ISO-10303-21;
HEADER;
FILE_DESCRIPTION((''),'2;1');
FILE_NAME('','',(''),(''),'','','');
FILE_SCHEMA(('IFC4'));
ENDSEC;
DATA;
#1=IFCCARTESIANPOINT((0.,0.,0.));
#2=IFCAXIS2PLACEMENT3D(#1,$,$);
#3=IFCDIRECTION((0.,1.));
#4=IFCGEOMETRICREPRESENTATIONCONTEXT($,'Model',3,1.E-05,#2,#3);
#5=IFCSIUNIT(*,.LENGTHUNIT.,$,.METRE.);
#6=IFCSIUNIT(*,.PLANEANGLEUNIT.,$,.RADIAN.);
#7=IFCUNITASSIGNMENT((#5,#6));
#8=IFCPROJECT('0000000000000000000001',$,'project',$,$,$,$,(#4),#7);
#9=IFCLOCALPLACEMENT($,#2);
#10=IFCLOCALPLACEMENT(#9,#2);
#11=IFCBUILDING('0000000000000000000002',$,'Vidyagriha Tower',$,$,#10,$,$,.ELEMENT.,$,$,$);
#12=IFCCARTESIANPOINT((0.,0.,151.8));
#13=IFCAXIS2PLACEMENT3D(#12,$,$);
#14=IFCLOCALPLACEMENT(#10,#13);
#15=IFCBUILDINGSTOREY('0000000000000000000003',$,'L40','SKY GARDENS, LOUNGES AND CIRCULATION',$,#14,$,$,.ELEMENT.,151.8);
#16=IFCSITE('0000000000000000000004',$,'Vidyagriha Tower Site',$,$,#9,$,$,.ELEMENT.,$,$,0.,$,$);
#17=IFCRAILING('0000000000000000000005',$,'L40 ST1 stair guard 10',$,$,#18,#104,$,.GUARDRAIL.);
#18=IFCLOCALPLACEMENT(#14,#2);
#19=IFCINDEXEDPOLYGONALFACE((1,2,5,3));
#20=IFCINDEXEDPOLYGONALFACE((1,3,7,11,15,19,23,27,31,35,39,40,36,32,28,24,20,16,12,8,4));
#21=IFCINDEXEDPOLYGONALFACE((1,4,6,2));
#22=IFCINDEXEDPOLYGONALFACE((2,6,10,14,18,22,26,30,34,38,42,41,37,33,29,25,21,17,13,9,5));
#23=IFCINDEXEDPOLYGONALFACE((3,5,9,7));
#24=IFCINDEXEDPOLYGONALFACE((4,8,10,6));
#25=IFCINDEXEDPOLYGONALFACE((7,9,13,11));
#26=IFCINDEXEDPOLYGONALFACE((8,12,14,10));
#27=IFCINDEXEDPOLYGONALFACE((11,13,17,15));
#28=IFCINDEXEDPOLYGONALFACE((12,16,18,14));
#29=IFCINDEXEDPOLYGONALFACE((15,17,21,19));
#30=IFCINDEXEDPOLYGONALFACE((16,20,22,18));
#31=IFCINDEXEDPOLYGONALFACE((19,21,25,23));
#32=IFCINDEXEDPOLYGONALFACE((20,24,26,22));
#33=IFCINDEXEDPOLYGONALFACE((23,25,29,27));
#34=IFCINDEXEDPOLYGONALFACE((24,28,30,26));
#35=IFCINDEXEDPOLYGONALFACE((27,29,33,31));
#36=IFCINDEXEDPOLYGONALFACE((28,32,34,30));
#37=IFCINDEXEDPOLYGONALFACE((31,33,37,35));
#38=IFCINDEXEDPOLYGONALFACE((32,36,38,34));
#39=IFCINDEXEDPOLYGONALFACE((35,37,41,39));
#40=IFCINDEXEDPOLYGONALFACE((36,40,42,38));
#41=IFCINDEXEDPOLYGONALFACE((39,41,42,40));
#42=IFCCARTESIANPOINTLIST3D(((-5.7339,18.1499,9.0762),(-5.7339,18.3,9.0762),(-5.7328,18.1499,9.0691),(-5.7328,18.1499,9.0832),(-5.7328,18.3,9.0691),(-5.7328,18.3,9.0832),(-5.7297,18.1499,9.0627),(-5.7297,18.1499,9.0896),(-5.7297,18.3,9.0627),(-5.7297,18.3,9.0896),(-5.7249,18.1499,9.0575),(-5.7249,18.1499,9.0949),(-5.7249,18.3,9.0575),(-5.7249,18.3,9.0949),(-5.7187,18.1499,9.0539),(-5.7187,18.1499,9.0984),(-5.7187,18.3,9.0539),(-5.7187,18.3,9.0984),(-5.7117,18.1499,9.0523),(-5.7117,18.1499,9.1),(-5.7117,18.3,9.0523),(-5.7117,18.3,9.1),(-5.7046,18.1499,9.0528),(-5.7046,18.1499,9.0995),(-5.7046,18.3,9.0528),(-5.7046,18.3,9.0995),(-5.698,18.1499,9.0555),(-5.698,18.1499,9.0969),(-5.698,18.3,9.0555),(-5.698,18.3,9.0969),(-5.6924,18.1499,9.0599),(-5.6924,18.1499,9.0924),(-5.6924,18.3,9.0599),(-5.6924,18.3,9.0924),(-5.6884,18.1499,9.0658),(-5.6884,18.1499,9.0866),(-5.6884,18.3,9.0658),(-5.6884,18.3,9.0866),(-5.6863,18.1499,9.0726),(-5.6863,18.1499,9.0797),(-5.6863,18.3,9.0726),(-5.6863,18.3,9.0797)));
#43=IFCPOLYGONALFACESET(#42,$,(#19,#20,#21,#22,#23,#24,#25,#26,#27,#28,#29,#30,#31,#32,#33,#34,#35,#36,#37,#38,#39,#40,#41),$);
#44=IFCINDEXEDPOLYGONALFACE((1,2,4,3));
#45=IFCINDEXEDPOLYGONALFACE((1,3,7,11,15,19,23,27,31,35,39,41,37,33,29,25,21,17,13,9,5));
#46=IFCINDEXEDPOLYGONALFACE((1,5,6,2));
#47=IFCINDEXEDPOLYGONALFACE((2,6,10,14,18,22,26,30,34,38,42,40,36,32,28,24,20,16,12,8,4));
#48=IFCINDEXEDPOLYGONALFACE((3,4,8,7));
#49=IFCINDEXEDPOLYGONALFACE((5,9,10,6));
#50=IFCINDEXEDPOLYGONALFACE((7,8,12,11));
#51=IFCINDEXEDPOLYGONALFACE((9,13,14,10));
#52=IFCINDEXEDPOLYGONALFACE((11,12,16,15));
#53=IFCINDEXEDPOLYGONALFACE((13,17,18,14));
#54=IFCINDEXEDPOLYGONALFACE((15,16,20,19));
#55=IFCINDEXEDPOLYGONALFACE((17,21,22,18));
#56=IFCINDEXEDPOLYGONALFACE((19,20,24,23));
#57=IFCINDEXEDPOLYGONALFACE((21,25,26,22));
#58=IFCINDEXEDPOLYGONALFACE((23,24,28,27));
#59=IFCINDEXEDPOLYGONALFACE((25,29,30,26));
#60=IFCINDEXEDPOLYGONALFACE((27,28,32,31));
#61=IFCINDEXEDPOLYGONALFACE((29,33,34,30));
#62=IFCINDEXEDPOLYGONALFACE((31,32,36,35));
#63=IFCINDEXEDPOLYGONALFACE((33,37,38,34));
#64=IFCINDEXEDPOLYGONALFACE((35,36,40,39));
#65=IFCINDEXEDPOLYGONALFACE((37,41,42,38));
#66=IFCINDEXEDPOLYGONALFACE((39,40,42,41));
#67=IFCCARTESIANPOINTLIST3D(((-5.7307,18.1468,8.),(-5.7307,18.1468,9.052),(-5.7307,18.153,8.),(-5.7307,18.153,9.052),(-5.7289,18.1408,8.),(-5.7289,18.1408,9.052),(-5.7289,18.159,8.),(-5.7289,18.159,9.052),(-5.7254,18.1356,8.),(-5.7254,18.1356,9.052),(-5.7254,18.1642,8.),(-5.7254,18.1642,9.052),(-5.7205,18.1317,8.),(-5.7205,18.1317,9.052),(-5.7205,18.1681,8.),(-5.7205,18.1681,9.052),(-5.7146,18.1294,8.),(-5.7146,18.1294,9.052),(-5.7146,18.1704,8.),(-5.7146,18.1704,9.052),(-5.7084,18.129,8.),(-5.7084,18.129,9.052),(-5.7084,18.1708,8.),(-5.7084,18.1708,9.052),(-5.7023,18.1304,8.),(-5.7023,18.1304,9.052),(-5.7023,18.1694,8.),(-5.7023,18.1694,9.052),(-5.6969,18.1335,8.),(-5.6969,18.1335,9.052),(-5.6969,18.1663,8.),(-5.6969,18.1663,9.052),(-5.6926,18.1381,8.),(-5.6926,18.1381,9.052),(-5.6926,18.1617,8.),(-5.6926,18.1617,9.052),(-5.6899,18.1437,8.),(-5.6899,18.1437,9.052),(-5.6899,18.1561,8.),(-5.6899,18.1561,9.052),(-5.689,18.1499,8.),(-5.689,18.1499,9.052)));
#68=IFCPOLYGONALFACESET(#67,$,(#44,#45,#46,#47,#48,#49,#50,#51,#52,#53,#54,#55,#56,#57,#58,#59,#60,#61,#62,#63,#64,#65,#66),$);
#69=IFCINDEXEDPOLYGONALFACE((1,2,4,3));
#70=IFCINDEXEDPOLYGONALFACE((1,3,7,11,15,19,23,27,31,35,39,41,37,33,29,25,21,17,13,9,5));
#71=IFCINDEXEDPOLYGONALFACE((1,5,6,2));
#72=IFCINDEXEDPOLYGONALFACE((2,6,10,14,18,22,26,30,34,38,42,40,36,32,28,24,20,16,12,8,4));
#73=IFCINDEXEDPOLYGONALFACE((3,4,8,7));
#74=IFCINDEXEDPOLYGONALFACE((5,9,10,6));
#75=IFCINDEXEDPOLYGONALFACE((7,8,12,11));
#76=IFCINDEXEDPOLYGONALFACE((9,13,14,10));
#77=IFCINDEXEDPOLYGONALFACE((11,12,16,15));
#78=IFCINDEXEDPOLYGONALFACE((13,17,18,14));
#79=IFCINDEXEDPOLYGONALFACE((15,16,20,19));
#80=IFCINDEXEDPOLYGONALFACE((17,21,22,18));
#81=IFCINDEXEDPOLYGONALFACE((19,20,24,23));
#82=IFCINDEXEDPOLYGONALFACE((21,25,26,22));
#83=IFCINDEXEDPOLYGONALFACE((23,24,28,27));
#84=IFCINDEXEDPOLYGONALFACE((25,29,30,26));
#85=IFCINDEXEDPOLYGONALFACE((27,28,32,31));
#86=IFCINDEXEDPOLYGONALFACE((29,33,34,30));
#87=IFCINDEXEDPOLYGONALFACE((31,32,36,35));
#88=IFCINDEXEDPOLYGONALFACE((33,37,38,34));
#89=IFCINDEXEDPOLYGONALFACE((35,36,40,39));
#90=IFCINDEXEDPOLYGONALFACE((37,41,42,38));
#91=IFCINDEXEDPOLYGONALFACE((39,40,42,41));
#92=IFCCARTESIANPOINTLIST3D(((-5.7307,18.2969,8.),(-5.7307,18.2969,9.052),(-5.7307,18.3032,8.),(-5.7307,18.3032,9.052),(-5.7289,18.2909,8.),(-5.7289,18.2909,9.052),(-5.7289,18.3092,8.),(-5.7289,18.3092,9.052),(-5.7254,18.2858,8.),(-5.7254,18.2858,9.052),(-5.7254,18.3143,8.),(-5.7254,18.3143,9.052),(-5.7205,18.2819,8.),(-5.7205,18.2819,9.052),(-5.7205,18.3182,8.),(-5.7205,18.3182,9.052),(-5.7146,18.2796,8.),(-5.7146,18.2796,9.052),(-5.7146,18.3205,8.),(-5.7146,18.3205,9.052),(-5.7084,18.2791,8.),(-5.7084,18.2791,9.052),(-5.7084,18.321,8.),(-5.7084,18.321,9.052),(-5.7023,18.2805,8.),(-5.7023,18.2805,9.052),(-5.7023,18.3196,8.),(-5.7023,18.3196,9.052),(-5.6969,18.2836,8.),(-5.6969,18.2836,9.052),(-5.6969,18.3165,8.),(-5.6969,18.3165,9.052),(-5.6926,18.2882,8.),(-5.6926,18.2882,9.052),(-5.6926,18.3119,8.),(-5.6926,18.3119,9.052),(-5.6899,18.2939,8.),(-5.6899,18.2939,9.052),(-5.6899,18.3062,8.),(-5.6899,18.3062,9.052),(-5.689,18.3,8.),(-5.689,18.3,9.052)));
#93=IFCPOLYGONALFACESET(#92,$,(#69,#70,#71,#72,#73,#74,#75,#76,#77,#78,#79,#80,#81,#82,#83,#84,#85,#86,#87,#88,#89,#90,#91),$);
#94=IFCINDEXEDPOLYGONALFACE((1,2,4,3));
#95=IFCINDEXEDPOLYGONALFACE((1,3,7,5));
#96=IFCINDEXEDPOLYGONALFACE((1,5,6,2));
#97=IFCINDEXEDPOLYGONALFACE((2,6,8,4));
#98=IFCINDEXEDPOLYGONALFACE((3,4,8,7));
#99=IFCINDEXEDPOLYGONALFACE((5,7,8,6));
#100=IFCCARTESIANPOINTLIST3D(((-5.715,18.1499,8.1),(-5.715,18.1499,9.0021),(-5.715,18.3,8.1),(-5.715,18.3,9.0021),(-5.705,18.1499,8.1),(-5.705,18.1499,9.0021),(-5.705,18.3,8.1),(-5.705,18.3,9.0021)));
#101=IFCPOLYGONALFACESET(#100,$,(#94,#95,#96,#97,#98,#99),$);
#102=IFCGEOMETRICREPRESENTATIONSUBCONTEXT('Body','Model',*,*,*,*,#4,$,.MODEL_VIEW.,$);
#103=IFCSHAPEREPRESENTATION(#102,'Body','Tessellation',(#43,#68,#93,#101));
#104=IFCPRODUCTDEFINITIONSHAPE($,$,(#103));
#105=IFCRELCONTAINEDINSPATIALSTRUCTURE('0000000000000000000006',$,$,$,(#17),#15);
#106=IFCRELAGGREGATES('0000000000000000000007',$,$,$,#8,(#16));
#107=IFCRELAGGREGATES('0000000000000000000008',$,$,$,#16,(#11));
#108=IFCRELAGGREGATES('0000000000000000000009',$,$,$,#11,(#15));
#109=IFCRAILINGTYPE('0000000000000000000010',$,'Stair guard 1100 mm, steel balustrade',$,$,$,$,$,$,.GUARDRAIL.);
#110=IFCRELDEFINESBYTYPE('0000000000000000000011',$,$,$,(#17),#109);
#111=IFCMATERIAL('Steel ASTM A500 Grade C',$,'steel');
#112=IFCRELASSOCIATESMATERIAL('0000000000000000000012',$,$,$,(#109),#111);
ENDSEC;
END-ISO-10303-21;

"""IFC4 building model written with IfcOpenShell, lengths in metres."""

from ifc_helpers import new_model, si_unit, direction, frame, origin, origin_2d, place, context, subcontext, project, spatial, rectangle, circle, extrude, material, type_object, element, save


model = new_model("IFC4")

# Units and contexts
model_context = context("Model", 3, precision=1e-05, world=origin(), true_north=direction((0.0, 1.0)))
body_context = subcontext(model_context, "Body", "Model", "MODEL_VIEW")
ifc_project = project(units=[si_unit("LENGTHUNIT", "METRE"), si_unit("PLANEANGLEUNIT", "RADIAN")], contexts=[model_context])

# Site, building, storey
site_placement = place(None, origin())
site = spatial("IfcSite", under=ifc_project, at=site_placement, Name="Vidyagriha Tower Site", CompositionType="ELEMENT", RefElevation=0.0)
building_placement = place(site_placement, origin())
building = spatial("IfcBuilding", under=site, at=building_placement, Name="Vidyagriha Tower", CompositionType="ELEMENT")
storey_placement = place(building_placement, frame((0.0, 0.0, 151.8)))
storey = spatial("IfcBuildingStorey", under=building, at=storey_placement, Name="L40", Description="SKY GARDENS, LOUNGES AND CIRCULATION", CompositionType="ELEMENT", Elevation=151.8)

# Railing
ifc_material_1 = material(Name="Steel ASTM A500 Grade C", Category="steel")
railing_type_1 = type_object("IfcRailingType", Name="Stair guard 1100 mm, steel balustrade", PredefinedType="GUARDRAIL", material=ifc_material_1)
railing_1_placement = place(storey_placement, frame((-5.71, 18.1499, 8.0)))
element("IfcRailing", 1, at=railing_1_placement, inside=storey, type_object=railing_type_1, Name="L40 ST1 stair guard 10", PredefinedType="GUARDRAIL", context=body_context, shape_type="SweptSolid", body=[
    extrude(circle(Radius=0.0239, at=origin_2d()), frame((0.0, 0.0, 1.0762), z_axis=(0.0, 1.0, 0.0), x_axis=(-1.0, 0.0, 0.0)), (0.0, 0.0, 1.0), 0.1501),
    extrude(circle(Radius=0.021, at=origin_2d()), origin(), (0.0, 0.0, 1.0), 1.052),
    extrude(circle(Radius=0.021, at=origin_2d()), frame((0.0, 0.1501, 0.0)), (0.0, 0.0, 1.0), 1.052),
    extrude(rectangle(XDim=0.01, YDim=0.9021, at=origin_2d()), frame((0.0, 0.0, 0.551), z_axis=(0.0, 1.0, 0.0), x_axis=(-1.0, 0.0, 0.0)), (0.0, 0.0, 1.0), 0.1501),
])

save(model, "model.ifc")
